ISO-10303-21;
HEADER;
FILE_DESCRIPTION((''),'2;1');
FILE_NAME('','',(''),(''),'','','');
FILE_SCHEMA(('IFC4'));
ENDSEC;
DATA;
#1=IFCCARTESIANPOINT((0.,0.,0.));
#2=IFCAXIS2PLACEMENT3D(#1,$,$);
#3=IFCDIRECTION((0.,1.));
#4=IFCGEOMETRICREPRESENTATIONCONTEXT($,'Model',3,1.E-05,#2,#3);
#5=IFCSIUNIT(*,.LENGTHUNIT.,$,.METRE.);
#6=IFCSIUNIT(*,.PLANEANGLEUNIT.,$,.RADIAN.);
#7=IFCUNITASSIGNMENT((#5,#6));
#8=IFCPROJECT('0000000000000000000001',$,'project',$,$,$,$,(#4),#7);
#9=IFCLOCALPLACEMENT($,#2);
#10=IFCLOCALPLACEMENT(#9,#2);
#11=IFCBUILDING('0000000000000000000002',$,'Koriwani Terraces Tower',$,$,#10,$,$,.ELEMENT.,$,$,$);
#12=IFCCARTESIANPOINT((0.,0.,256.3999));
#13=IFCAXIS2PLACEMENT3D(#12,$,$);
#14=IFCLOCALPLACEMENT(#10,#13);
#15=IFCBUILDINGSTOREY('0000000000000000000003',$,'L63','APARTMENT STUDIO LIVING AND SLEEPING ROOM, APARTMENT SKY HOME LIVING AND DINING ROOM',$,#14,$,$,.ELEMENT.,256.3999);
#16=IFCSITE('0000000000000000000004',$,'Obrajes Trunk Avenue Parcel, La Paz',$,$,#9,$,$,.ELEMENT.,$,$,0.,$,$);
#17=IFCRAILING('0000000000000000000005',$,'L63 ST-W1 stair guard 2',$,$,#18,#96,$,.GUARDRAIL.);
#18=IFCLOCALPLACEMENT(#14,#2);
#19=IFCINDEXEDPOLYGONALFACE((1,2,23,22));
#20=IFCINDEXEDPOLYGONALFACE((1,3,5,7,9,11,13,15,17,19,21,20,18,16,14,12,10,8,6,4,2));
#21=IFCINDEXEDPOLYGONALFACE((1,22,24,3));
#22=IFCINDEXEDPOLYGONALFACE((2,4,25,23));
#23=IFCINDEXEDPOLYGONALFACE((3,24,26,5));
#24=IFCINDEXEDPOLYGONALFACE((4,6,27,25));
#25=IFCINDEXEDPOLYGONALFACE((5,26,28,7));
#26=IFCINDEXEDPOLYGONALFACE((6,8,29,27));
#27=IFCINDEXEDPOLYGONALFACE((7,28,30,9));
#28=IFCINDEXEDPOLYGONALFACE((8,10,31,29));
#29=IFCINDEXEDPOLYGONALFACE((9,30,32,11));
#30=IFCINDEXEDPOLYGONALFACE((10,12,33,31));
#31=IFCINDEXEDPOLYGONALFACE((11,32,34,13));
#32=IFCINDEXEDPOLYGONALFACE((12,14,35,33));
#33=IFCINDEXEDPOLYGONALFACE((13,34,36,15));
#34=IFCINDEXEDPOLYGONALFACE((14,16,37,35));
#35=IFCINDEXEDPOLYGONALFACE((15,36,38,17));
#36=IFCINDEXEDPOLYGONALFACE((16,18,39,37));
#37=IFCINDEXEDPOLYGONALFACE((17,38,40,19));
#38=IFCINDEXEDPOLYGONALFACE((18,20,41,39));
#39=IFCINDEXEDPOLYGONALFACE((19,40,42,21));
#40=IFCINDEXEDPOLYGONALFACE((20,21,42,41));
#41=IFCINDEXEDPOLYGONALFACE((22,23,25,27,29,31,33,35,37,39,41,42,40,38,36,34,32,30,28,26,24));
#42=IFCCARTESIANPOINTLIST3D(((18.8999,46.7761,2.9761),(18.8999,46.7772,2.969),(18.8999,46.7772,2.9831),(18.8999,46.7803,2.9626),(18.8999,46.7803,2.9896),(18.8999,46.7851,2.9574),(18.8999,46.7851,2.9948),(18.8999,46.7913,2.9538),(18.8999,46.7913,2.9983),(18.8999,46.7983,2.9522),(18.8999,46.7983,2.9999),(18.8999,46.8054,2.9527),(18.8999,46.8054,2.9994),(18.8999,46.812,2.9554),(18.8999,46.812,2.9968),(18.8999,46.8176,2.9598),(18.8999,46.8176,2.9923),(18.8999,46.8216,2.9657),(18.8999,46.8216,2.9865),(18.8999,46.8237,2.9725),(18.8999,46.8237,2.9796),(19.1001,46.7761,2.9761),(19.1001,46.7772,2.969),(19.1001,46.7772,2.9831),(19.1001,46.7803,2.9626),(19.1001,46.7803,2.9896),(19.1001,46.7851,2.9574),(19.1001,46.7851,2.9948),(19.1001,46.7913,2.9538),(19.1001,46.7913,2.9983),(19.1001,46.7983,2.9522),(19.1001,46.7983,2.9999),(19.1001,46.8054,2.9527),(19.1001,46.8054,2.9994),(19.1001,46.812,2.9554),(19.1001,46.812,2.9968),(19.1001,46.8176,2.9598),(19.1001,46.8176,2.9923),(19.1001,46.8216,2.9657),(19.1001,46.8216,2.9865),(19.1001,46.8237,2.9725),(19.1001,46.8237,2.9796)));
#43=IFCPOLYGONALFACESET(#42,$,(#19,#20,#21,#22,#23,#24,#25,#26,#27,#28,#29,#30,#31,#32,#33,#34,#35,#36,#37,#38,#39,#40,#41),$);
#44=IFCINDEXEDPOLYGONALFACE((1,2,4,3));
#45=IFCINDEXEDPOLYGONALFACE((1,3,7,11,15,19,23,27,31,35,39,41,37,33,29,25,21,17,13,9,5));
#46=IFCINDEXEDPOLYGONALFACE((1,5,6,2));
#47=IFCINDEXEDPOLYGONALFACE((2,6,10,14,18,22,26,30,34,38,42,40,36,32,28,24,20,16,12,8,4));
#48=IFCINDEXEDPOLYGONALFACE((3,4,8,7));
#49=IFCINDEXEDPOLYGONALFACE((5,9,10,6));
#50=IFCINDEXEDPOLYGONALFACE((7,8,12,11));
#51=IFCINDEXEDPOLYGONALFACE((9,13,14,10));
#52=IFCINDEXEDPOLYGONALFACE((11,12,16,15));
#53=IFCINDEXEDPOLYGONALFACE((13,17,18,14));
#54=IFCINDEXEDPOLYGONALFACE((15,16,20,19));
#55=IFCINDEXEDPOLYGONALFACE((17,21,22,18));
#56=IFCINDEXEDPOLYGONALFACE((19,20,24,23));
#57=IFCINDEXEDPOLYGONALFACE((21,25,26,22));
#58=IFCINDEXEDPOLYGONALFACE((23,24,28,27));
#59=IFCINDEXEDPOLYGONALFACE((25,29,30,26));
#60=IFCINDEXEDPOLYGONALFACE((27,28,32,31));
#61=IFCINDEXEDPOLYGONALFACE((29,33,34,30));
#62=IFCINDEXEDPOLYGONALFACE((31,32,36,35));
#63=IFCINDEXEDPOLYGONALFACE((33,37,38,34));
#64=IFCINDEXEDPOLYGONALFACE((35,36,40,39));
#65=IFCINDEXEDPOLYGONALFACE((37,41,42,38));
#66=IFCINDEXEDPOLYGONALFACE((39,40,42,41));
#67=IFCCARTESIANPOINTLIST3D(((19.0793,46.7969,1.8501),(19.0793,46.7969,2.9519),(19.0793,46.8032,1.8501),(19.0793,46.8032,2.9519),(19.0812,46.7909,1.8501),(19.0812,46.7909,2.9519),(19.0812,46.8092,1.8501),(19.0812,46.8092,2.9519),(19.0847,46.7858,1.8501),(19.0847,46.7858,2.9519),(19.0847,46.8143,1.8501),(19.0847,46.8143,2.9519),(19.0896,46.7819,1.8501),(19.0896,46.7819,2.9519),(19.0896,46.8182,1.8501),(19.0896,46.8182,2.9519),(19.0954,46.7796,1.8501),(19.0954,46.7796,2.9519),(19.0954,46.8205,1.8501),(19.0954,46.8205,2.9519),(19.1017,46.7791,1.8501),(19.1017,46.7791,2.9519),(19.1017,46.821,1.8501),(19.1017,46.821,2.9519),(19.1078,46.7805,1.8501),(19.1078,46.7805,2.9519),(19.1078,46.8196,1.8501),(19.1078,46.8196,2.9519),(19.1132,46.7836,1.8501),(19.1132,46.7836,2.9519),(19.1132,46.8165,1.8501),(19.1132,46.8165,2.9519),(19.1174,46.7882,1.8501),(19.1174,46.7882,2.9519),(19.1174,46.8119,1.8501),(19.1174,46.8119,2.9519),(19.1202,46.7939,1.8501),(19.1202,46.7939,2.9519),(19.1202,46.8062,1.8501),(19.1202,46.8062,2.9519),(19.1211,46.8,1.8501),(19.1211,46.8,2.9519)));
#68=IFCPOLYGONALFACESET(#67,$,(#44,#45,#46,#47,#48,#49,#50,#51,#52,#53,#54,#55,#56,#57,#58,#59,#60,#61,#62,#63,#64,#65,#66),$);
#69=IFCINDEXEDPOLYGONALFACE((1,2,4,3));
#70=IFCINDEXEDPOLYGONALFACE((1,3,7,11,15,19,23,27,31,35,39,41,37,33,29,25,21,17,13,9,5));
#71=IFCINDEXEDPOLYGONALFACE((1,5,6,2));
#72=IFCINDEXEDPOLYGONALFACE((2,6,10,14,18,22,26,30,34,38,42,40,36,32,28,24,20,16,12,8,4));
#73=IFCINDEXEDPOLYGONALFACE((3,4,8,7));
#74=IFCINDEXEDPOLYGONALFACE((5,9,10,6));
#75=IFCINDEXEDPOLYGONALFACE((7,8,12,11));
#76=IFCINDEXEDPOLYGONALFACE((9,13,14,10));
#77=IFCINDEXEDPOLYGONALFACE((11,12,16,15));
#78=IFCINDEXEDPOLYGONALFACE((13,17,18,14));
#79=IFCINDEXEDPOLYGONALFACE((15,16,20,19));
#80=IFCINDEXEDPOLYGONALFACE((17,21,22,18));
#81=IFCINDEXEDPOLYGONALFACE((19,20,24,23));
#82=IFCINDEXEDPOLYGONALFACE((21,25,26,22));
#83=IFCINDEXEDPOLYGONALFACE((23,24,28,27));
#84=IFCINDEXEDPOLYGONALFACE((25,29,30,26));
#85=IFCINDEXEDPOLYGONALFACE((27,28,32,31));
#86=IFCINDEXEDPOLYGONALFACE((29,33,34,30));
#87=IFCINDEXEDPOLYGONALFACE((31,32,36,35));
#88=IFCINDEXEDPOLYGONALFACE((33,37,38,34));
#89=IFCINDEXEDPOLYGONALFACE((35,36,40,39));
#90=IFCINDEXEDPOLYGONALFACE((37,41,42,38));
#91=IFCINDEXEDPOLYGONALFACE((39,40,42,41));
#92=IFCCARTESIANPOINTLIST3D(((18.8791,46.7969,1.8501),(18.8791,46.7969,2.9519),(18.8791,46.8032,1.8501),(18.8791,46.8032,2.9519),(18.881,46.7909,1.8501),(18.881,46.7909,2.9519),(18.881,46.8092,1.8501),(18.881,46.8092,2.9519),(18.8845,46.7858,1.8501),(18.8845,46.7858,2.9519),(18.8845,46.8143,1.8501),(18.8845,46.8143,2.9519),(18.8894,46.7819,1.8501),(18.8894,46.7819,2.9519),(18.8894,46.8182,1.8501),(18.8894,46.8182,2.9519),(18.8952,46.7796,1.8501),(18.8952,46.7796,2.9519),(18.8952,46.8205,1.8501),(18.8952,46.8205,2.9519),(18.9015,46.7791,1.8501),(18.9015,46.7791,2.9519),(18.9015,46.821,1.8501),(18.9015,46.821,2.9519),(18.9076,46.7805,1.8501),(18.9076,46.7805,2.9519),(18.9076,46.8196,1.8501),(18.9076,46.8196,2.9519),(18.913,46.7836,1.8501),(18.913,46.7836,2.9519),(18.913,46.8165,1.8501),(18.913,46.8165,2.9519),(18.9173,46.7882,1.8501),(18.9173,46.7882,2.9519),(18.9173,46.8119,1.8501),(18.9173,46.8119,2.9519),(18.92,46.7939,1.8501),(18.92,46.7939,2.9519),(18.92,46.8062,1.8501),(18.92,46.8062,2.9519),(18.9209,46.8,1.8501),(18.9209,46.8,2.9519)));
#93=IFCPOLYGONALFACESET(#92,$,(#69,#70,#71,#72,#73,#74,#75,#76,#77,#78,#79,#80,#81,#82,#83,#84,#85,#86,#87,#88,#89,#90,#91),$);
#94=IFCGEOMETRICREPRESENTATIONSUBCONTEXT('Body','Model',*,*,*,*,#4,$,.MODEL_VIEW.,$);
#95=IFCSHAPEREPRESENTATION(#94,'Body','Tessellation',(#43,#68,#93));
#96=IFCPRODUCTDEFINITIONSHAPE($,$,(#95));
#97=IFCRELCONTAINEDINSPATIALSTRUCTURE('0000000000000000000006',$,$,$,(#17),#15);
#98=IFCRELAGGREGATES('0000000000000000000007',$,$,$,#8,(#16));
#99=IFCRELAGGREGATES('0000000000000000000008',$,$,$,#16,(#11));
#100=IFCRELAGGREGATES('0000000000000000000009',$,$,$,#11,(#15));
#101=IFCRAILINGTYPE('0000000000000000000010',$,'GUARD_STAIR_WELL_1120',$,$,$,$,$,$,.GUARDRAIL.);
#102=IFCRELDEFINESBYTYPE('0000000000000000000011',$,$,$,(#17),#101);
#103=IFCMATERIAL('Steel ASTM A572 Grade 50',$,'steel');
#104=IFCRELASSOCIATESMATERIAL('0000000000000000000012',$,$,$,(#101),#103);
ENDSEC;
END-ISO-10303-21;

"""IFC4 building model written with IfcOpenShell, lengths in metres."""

from ifc_helpers import new_model, si_unit, direction, frame, origin, origin_2d, place, context, subcontext, project, spatial, circle, extrude, material, type_object, element, save


model = new_model("IFC4")

# Units and contexts
model_context = context("Model", 3, precision=1e-05, world=origin(), true_north=direction((0.0, 1.0)))
body_context = subcontext(model_context, "Body", "Model", "MODEL_VIEW")
ifc_project = project(units=[si_unit("LENGTHUNIT", "METRE"), si_unit("PLANEANGLEUNIT", "RADIAN")], contexts=[model_context])

# Site, building, storey
site_placement = place(None, origin())
site = spatial("IfcSite", under=ifc_project, at=site_placement, Name="Obrajes Trunk Avenue Parcel, La Paz", CompositionType="ELEMENT", RefElevation=0.0)
building_placement = place(site_placement, origin())
building = spatial("IfcBuilding", under=site, at=building_placement, Name="Koriwani Terraces Tower", CompositionType="ELEMENT")
storey_placement = place(building_placement, frame((0.0, 0.0, 256.3999)))
storey = spatial("IfcBuildingStorey", under=building, at=storey_placement, Name="L63", Description="APARTMENT STUDIO LIVING AND SLEEPING ROOM, APARTMENT SKY HOME LIVING AND DINING ROOM", CompositionType="ELEMENT", Elevation=256.3999)

# Shared definitions
ifc_material_1 = material(Name="Steel ASTM A572 Grade 50", Category="steel")

# Railing
railing_type_1 = type_object("IfcRailingType", Name="GUARD_STAIR_WELL_1120", PredefinedType="GUARDRAIL", material=ifc_material_1)
railing_1_placement = place(storey_placement, frame((19.1001, 46.8, 1.8501)))
element("IfcRailing", 1, at=railing_1_placement, inside=storey, type_object=railing_type_1, Name="L63 ST-W1 stair guard 2", PredefinedType="GUARDRAIL", context=body_context, shape_type="SweptSolid", body=[
    extrude(circle(Radius=0.0239, at=origin_2d()), frame((0.0, 0.0, 1.126), z_axis=(-1.0, 0.0, 0.0), x_axis=(0.0, -1.0, 0.0)), (0.0, 0.0, 1.0), 0.2002),
    extrude(circle(Radius=0.021, at=origin_2d()), origin(), (0.0, 0.0, 1.0), 1.1018),
    extrude(circle(Radius=0.021, at=origin_2d()), frame((-0.2002, 0.0, 0.0)), (0.0, 0.0, 1.0), 1.1018),
])

save(model, "model.ifc")
